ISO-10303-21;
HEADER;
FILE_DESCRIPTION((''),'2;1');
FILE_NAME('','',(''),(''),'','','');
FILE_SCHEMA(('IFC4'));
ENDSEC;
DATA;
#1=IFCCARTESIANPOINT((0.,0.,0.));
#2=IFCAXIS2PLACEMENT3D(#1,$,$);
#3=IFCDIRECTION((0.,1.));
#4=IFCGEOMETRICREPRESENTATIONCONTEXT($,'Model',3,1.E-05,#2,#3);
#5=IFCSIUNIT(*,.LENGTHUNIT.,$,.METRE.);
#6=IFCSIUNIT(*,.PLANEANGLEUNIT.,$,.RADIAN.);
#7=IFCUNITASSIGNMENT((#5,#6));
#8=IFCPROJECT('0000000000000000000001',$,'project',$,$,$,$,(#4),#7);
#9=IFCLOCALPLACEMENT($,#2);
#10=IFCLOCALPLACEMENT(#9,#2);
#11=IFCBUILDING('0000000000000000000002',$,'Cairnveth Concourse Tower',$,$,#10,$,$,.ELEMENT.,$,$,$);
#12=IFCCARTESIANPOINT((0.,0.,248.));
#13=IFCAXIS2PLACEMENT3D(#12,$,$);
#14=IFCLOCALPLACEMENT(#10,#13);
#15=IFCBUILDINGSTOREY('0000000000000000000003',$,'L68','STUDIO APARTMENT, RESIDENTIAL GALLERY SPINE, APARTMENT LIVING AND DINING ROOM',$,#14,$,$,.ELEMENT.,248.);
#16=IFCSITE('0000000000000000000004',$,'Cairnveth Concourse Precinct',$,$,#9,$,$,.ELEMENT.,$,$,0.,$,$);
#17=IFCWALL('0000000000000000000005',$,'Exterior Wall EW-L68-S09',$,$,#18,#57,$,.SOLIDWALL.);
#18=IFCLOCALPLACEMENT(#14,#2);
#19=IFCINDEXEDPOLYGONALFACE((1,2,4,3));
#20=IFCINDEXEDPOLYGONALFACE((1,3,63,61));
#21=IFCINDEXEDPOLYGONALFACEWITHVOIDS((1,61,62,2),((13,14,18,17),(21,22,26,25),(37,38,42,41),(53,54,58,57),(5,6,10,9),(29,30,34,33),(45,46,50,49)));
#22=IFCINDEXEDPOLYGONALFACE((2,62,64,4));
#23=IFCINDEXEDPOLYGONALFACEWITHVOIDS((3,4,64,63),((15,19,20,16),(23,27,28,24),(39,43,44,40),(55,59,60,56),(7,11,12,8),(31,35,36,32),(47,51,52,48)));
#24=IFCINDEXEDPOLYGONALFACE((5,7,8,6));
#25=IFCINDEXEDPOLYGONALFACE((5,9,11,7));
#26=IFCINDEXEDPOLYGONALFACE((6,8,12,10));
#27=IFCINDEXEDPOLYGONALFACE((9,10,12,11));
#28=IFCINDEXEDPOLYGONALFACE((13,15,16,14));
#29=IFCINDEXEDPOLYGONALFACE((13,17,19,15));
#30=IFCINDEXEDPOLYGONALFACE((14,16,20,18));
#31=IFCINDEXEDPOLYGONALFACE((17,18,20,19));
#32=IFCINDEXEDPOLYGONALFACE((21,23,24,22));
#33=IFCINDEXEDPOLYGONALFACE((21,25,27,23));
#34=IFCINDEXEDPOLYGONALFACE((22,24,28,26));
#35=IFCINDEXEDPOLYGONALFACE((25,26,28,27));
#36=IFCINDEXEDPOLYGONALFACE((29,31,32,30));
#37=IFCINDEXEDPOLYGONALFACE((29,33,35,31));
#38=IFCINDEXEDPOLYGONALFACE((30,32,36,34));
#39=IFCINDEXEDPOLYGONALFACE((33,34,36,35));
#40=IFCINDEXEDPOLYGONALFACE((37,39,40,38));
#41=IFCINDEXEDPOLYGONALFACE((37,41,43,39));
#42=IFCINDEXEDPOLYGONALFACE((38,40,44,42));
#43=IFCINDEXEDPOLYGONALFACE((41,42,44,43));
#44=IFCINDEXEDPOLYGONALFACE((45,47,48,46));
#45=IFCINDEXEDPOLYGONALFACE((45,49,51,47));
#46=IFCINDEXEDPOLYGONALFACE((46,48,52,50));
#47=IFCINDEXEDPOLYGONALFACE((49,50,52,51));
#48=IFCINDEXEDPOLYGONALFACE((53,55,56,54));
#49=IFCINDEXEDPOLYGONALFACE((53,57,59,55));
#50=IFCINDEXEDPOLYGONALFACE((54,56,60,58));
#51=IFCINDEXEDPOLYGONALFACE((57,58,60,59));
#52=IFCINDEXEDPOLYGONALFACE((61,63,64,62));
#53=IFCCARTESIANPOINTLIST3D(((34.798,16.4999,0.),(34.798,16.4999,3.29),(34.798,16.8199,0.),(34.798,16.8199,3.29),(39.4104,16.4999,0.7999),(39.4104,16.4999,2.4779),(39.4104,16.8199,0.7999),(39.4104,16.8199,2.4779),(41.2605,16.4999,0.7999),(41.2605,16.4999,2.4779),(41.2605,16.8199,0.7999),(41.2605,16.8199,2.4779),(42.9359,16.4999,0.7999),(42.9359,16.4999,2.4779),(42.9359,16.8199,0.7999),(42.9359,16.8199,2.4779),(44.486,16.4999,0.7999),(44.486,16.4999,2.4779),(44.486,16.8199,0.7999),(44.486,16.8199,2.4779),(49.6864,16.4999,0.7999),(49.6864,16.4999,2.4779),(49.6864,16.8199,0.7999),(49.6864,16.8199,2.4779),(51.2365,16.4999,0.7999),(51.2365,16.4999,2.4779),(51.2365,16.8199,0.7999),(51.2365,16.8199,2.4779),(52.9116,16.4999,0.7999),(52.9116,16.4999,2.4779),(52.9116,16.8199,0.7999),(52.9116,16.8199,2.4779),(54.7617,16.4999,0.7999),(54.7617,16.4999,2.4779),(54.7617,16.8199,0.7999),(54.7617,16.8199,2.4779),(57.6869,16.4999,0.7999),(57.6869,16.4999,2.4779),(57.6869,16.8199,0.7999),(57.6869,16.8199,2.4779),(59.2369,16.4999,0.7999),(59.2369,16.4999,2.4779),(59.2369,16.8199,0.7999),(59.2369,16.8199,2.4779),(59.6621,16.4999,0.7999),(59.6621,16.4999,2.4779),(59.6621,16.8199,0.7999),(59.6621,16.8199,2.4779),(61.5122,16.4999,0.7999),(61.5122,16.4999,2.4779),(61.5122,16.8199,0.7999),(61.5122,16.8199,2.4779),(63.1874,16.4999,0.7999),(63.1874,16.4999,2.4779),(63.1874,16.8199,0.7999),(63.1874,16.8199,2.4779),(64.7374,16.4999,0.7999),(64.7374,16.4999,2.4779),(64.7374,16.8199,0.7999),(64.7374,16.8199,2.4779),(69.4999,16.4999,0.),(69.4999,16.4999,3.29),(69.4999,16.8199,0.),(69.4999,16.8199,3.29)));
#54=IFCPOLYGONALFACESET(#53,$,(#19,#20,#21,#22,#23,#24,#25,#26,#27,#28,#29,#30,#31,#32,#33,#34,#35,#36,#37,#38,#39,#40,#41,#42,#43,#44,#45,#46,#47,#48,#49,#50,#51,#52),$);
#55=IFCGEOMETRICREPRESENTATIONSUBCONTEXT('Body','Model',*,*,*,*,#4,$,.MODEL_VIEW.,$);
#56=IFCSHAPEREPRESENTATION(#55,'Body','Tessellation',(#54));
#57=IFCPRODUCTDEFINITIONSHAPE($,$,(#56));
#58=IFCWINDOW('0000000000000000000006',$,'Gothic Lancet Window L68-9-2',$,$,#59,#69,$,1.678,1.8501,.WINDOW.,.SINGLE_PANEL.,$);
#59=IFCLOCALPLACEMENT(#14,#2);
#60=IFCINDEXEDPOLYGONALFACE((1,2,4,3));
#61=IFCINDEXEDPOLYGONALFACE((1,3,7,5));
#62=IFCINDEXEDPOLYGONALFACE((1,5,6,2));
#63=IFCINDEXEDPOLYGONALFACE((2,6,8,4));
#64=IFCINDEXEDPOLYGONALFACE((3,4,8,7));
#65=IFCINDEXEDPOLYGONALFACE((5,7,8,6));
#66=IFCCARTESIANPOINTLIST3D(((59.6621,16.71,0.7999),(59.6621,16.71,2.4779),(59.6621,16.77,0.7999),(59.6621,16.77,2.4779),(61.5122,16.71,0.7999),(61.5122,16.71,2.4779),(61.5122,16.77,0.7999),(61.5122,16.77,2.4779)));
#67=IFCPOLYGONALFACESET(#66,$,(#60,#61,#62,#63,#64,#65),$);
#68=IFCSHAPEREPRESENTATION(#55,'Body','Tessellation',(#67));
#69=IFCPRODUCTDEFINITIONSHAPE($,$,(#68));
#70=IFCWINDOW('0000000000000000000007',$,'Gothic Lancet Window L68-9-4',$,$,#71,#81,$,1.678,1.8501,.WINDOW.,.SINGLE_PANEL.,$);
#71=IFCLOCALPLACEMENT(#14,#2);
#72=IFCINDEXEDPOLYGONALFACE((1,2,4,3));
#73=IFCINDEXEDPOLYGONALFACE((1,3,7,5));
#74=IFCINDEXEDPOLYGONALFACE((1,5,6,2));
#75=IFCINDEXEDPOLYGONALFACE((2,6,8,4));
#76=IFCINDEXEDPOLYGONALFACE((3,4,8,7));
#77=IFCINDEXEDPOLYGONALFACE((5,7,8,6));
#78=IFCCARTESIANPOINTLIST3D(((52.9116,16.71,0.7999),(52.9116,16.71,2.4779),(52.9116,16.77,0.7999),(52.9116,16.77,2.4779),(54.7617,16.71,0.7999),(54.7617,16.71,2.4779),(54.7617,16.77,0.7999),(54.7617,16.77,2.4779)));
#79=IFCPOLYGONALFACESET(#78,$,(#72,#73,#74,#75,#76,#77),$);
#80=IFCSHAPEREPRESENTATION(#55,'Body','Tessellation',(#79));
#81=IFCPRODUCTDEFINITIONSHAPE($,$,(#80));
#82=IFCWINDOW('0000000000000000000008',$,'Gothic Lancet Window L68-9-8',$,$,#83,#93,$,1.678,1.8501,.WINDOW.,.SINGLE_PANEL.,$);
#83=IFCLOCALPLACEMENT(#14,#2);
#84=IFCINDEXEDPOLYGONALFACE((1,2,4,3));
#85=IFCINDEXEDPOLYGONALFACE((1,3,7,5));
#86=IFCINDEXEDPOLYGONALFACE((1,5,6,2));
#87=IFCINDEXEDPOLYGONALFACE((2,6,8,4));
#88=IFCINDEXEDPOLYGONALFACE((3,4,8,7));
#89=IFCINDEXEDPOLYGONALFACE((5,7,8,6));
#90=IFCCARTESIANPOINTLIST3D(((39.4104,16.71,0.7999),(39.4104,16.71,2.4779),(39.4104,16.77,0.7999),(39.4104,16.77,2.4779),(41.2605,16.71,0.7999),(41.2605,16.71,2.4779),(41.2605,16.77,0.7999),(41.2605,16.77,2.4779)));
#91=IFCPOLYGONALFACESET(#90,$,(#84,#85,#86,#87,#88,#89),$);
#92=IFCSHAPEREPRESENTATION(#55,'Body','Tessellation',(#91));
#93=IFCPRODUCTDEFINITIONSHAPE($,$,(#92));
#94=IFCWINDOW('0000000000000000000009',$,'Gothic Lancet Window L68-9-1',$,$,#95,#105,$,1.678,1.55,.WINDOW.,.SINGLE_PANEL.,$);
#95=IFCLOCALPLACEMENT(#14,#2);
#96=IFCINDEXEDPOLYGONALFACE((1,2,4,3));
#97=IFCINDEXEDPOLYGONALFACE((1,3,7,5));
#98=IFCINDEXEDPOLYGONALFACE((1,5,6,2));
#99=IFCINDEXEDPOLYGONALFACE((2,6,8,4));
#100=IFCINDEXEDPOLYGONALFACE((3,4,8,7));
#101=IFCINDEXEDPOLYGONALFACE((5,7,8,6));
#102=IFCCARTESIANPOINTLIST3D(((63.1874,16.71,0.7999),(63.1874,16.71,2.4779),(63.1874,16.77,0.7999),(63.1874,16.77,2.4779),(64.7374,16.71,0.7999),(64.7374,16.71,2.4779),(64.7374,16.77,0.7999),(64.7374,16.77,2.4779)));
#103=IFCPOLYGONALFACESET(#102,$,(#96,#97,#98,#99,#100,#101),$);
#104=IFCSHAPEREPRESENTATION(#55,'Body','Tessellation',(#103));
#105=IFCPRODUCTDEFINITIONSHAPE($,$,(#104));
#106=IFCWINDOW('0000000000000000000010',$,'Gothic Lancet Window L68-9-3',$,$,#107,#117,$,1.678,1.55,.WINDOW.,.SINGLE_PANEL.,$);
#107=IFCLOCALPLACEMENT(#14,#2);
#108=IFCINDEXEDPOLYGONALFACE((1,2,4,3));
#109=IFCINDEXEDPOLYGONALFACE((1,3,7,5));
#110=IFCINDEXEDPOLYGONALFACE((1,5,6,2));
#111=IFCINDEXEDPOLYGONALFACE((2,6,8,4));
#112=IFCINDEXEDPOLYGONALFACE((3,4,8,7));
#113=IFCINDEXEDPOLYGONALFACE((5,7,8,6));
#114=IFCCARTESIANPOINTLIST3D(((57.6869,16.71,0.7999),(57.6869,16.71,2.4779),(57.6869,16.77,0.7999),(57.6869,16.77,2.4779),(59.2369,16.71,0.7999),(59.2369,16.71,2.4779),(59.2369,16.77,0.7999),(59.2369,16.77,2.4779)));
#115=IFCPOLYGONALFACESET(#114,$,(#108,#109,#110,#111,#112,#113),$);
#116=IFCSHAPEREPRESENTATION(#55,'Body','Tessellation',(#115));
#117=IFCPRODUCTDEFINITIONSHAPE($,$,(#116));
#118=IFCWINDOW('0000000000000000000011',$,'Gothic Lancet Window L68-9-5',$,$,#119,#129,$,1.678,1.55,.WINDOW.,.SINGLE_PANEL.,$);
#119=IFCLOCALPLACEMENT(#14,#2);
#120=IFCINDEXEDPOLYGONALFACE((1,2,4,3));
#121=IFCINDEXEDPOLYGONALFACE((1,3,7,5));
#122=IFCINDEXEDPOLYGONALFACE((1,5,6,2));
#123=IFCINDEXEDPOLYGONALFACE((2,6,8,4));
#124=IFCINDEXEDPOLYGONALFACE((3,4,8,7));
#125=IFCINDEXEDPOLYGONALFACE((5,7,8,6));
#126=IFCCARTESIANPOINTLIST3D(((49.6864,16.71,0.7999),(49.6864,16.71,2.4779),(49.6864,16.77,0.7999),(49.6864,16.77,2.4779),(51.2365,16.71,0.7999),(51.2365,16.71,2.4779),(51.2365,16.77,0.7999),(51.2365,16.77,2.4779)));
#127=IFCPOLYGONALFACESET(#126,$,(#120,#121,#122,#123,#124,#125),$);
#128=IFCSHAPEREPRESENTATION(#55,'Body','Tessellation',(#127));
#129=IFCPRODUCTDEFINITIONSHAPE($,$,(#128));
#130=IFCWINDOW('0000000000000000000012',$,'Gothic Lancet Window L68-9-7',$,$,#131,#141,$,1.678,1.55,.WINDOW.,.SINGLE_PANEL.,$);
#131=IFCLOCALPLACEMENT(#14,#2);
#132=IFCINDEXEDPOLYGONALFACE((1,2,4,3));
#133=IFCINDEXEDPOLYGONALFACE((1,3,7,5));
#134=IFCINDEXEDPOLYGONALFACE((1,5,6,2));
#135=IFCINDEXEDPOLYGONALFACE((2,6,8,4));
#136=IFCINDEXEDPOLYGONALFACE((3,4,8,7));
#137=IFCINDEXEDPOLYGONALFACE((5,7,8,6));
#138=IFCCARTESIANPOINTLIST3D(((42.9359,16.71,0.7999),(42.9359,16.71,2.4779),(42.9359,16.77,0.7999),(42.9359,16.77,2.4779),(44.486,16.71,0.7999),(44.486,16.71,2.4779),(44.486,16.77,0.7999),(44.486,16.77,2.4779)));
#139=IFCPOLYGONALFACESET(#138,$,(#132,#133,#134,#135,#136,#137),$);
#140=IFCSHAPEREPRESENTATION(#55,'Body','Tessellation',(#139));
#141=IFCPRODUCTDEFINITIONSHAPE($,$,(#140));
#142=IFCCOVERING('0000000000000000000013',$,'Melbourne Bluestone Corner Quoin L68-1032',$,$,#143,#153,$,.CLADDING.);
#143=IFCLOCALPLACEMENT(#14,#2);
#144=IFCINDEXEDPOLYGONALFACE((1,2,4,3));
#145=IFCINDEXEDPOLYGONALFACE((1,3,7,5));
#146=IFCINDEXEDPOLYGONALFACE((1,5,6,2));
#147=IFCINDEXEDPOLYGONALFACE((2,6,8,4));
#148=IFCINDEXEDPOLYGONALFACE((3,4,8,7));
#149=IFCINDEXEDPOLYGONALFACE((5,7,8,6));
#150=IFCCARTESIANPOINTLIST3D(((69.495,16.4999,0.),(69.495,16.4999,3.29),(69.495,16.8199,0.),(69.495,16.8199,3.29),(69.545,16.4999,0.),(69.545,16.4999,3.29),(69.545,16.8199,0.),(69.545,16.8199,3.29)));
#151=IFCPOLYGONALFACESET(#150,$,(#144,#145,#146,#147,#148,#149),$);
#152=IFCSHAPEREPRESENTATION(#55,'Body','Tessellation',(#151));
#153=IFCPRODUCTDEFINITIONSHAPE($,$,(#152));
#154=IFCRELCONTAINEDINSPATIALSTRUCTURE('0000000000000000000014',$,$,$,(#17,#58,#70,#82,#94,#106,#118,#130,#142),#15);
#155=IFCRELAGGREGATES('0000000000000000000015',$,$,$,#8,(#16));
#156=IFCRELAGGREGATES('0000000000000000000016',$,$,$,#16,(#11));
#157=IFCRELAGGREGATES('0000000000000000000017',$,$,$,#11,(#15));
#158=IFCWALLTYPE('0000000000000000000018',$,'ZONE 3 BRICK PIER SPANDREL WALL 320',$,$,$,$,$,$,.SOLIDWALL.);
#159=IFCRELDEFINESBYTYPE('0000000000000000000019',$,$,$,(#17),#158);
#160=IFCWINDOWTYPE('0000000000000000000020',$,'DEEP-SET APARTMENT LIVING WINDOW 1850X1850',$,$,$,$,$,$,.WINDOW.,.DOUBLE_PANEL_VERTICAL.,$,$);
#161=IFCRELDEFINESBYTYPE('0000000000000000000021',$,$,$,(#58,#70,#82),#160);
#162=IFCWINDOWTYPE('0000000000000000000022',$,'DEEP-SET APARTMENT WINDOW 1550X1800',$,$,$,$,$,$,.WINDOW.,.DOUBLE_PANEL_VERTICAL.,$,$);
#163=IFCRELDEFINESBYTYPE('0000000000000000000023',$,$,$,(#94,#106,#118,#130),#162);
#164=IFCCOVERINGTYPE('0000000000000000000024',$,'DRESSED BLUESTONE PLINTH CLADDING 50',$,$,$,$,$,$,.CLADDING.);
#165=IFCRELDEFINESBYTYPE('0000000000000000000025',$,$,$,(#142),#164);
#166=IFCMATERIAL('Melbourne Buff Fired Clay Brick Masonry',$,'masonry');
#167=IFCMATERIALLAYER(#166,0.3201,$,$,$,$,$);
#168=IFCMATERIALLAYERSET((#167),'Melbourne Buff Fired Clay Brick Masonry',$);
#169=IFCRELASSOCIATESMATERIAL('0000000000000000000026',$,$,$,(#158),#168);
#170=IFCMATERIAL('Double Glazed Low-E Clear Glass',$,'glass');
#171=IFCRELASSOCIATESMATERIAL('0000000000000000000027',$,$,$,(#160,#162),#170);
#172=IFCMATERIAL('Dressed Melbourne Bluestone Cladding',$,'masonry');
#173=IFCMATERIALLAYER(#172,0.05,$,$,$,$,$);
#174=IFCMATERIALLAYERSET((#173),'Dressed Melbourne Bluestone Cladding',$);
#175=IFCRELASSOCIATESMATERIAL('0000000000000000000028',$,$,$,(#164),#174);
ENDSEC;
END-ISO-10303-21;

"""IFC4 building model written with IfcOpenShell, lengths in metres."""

from ifc_helpers import new_model, si_unit, direction, frame, frame_2d, origin, place, context, subcontext, project, spatial, rectangle, extrude, material, layer, layer_set, type_object, element, fill, save


model = new_model("IFC4")

# Units and contexts
model_context = context("Model", 3, precision=1e-05, world=origin(), true_north=direction((0.0, 1.0)))
body_context = subcontext(model_context, "Body", "Model", "MODEL_VIEW")
ifc_project = project(units=[si_unit("LENGTHUNIT", "METRE"), si_unit("PLANEANGLEUNIT", "RADIAN")], contexts=[model_context])

# Site, building, storey
site_placement = place(None, origin())
site = spatial("IfcSite", under=ifc_project, at=site_placement, Name="Cairnveth Concourse Precinct", CompositionType="ELEMENT", RefElevation=0.0)
building_placement = place(site_placement, origin())
building = spatial("IfcBuilding", under=site, at=building_placement, Name="Cairnveth Concourse Tower", CompositionType="ELEMENT")
storey_placement = place(building_placement, frame((0.0, 0.0, 248.0)))
storey = spatial("IfcBuildingStorey", under=building, at=storey_placement, Name="L68", Description="STUDIO APARTMENT, RESIDENTIAL GALLERY SPINE, APARTMENT LIVING AND DINING ROOM", CompositionType="ELEMENT", Elevation=248.0)

# Shared definitions
ifc_material_1 = material(Name="Melbourne Buff Fired Clay Brick Masonry", Category="masonry")
ifc_layer_1 = layer(ifc_material_1, 0.3201)
ifc_layer_set_1 = layer_set([ifc_layer_1], Name="Melbourne Buff Fired Clay Brick Masonry")
wall_type_1 = type_object("IfcWallType", Name="ZONE 3 BRICK PIER SPANDREL WALL 320", PredefinedType="SOLIDWALL", material=ifc_layer_set_1)

# Wall, openings, windows
wall_1_placement = place(storey_placement, frame((69.5, 16.6599, 0.0), z_axis=(0.0, 0.0, 1.0), x_axis=(-1.0, 0.0, 0.0)))
wall_1 = element("IfcWall", 1, at=wall_1_placement, inside=storey, type_object=wall_type_1, Name="Exterior Wall EW-L68-S09", PredefinedType="SOLIDWALL", context=body_context, shape_type="SweptSolid", body=[
    extrude(rectangle(XDim=34.7019, YDim=0.3201, at=frame_2d((17.3511, 0.0))), origin(), (0.0, 0.0, 1.0), 3.29),
])
opening_1_placement = place(wall_1_placement, frame((4.7627, 0.0, 0.8)))
opening_1 = element("IfcOpeningElement", 2, at=opening_1_placement, cuts=wall_1, PredefinedType="OPENING", context=body_context, shape_type="SweptSolid", body=[
    extrude(rectangle(XDim=1.55, YDim=1.678, at=frame_2d((0.7749, 0.8389))), frame((0.0, 0.1699, 0.0), z_axis=(0.0, -1.0, 0.0), x_axis=(1.0, 0.0, 0.0)), (0.0, 0.0, 1.0), 0.3401),
])
opening_2_placement = place(wall_1_placement, frame((7.9878, 0.0, 0.8)))
opening_2 = element("IfcOpeningElement", 3, at=opening_2_placement, cuts=wall_1, PredefinedType="OPENING", context=body_context, shape_type="SweptSolid", body=[
    extrude(rectangle(XDim=1.8501, YDim=1.678, at=frame_2d((0.925, 0.8389))), frame((0.0, 0.1699, 0.0), z_axis=(0.0, -1.0, 0.0), x_axis=(1.0, 0.0, 0.0)), (0.0, 0.0, 1.0), 0.3401),
])
opening_3_placement = place(wall_1_placement, frame((10.2632, 0.0, 0.8)))
opening_3 = element("IfcOpeningElement", 4, at=opening_3_placement, cuts=wall_1, PredefinedType="OPENING", context=body_context, shape_type="SweptSolid", body=[
    extrude(rectangle(XDim=1.55, YDim=1.678, at=frame_2d((0.7749, 0.8389))), frame((0.0, 0.1699, 0.0), z_axis=(0.0, -1.0, 0.0), x_axis=(1.0, 0.0, 0.0)), (0.0, 0.0, 1.0), 0.3401),
])
opening_4_placement = place(wall_1_placement, frame((14.7383, 0.0, 0.8)))
opening_4 = element("IfcOpeningElement", 5, at=opening_4_placement, cuts=wall_1, PredefinedType="OPENING", context=body_context, shape_type="SweptSolid", body=[
    extrude(rectangle(XDim=1.8501, YDim=1.678, at=frame_2d((0.925, 0.8389))), frame((0.0, 0.1699, 0.0), z_axis=(0.0, -1.0, 0.0), x_axis=(1.0, 0.0, 0.0)), (0.0, 0.0, 1.0), 0.3401),
])
opening_5_placement = place(wall_1_placement, frame((18.2637, 0.0, 0.8)))
opening_5 = element("IfcOpeningElement", 6, at=opening_5_placement, cuts=wall_1, PredefinedType="OPENING", context=body_context, shape_type="SweptSolid", body=[
    extrude(rectangle(XDim=1.55, YDim=1.678, at=frame_2d((0.7749, 0.8389))), frame((0.0, 0.1699, 0.0), z_axis=(0.0, -1.0, 0.0), x_axis=(1.0, 0.0, 0.0)), (0.0, 0.0, 1.0), 0.3401),
])
opening_6_placement = place(wall_1_placement, frame((25.0142, 0.0, 0.8)))
opening_6 = element("IfcOpeningElement", 7, at=opening_6_placement, cuts=wall_1, PredefinedType="OPENING", context=body_context, shape_type="SweptSolid", body=[
    extrude(rectangle(XDim=1.55, YDim=1.678, at=frame_2d((0.7749, 0.8389))), frame((0.0, 0.1699, 0.0), z_axis=(0.0, -1.0, 0.0), x_axis=(1.0, 0.0, 0.0)), (0.0, 0.0, 1.0), 0.3401),
])
opening_7_placement = place(wall_1_placement, frame((28.2395, 0.0, 0.8)))
opening_7 = element("IfcOpeningElement", 8, at=opening_7_placement, cuts=wall_1, PredefinedType="OPENING", context=body_context, shape_type="SweptSolid", body=[
    extrude(rectangle(XDim=1.8501, YDim=1.678, at=frame_2d((0.925, 0.8389))), frame((0.0, 0.1699, 0.0), z_axis=(0.0, -1.0, 0.0), x_axis=(1.0, 0.0, 0.0)), (0.0, 0.0, 1.0), 0.3401),
])
ifc_material_2 = material(Name="Double Glazed Low-E Clear Glass", Category="glass")
window_type_1 = type_object("IfcWindowType", Name="DEEP-SET APARTMENT LIVING WINDOW 1850X1850", PartitioningType="DOUBLE_PANEL_VERTICAL", PredefinedType="WINDOW", material=ifc_material_2)
window_1_placement = place(opening_2_placement, origin())
window_1 = element("IfcWindow", 9, at=window_1_placement, inside=storey, type_object=window_type_1, Name="Gothic Lancet Window L68-9-2", OverallHeight=1.678, OverallWidth=1.8501, PartitioningType="SINGLE_PANEL", PredefinedType="WINDOW", context=body_context, shape_type="SweptSolid", body=[
    extrude(rectangle(XDim=1.8501, YDim=1.678, at=frame_2d((0.925, 0.8389))), frame((0.0, -0.05, 0.0), z_axis=(0.0, -1.0, 0.0), x_axis=(1.0, 0.0, 0.0)), (0.0, 0.0, 1.0), 0.0601),
])
fill(opening_2, window_1)
window_2_placement = place(opening_4_placement, origin())
window_2 = element("IfcWindow", 10, at=window_2_placement, inside=storey, type_object=window_type_1, Name="Gothic Lancet Window L68-9-4", OverallHeight=1.678, OverallWidth=1.8501, PartitioningType="SINGLE_PANEL", PredefinedType="WINDOW", context=body_context, shape_type="SweptSolid", body=[
    extrude(rectangle(XDim=1.8501, YDim=1.678, at=frame_2d((0.925, 0.8389))), frame((0.0, -0.05, 0.0), z_axis=(0.0, -1.0, 0.0), x_axis=(1.0, 0.0, 0.0)), (0.0, 0.0, 1.0), 0.0601),
])
fill(opening_4, window_2)
window_3_placement = place(opening_7_placement, origin())
window_3 = element("IfcWindow", 11, at=window_3_placement, inside=storey, type_object=window_type_1, Name="Gothic Lancet Window L68-9-8", OverallHeight=1.678, OverallWidth=1.8501, PartitioningType="SINGLE_PANEL", PredefinedType="WINDOW", context=body_context, shape_type="SweptSolid", body=[
    extrude(rectangle(XDim=1.8501, YDim=1.678, at=frame_2d((0.925, 0.8389))), frame((0.0, -0.05, 0.0), z_axis=(0.0, -1.0, 0.0), x_axis=(1.0, 0.0, 0.0)), (0.0, 0.0, 1.0), 0.0601),
])
fill(opening_7, window_3)
window_type_2 = type_object("IfcWindowType", Name="DEEP-SET APARTMENT WINDOW 1550X1800", PartitioningType="DOUBLE_PANEL_VERTICAL", PredefinedType="WINDOW", material=ifc_material_2)
window_4_placement = place(opening_1_placement, origin())
window_4 = element("IfcWindow", 12, at=window_4_placement, inside=storey, type_object=window_type_2, Name="Gothic Lancet Window L68-9-1", OverallHeight=1.678, OverallWidth=1.55, PartitioningType="SINGLE_PANEL", PredefinedType="WINDOW", context=body_context, shape_type="SweptSolid", body=[
    extrude(rectangle(XDim=1.55, YDim=1.678, at=frame_2d((0.7749, 0.8389))), frame((0.0, -0.05, 0.0), z_axis=(0.0, -1.0, 0.0), x_axis=(1.0, 0.0, 0.0)), (0.0, 0.0, 1.0), 0.0601),
])
fill(opening_1, window_4)
window_5_placement = place(opening_3_placement, origin())
window_5 = element("IfcWindow", 13, at=window_5_placement, inside=storey, type_object=window_type_2, Name="Gothic Lancet Window L68-9-3", OverallHeight=1.678, OverallWidth=1.55, PartitioningType="SINGLE_PANEL", PredefinedType="WINDOW", context=body_context, shape_type="SweptSolid", body=[
    extrude(rectangle(XDim=1.55, YDim=1.678, at=frame_2d((0.7749, 0.8389))), frame((0.0, -0.05, 0.0), z_axis=(0.0, -1.0, 0.0), x_axis=(1.0, 0.0, 0.0)), (0.0, 0.0, 1.0), 0.0601),
])
fill(opening_3, window_5)
window_6_placement = place(opening_5_placement, origin())
window_6 = element("IfcWindow", 14, at=window_6_placement, inside=storey, type_object=window_type_2, Name="Gothic Lancet Window L68-9-5", OverallHeight=1.678, OverallWidth=1.55, PartitioningType="SINGLE_PANEL", PredefinedType="WINDOW", context=body_context, shape_type="SweptSolid", body=[
    extrude(rectangle(XDim=1.55, YDim=1.678, at=frame_2d((0.7749, 0.8389))), frame((0.0, -0.05, 0.0), z_axis=(0.0, -1.0, 0.0), x_axis=(1.0, 0.0, 0.0)), (0.0, 0.0, 1.0), 0.0601),
])
fill(opening_5, window_6)
window_7_placement = place(opening_6_placement, origin())
window_7 = element("IfcWindow", 15, at=window_7_placement, inside=storey, type_object=window_type_2, Name="Gothic Lancet Window L68-9-7", OverallHeight=1.678, OverallWidth=1.55, PartitioningType="SINGLE_PANEL", PredefinedType="WINDOW", context=body_context, shape_type="SweptSolid", body=[
    extrude(rectangle(XDim=1.55, YDim=1.678, at=frame_2d((0.7749, 0.8389))), frame((0.0, -0.05, 0.0), z_axis=(0.0, -1.0, 0.0), x_axis=(1.0, 0.0, 0.0)), (0.0, 0.0, 1.0), 0.0601),
])
fill(opening_6, window_7)

# Covering
ifc_material_3 = material(Name="Dressed Melbourne Bluestone Cladding", Category="masonry")
ifc_layer_2 = layer(ifc_material_3, 0.05)
ifc_layer_set_2 = layer_set([ifc_layer_2], Name="Dressed Melbourne Bluestone Cladding")
covering_type = type_object("IfcCoveringType", Name="DRESSED BLUESTONE PLINTH CLADDING 50", PredefinedType="CLADDING", material=ifc_layer_set_2)
covering_placement = place(storey_placement, frame((69.52, 16.8201, 0.0), z_axis=(0.0, 0.0, 1.0), x_axis=(0.0, -1.0, 0.0)))
element("IfcCovering", 16, at=covering_placement, inside=storey, type_object=covering_type, Name="Melbourne Bluestone Corner Quoin L68-1032", PredefinedType="CLADDING", context=body_context, shape_type="SweptSolid", body=[
    extrude(rectangle(XDim=0.3201, YDim=0.05, at=frame_2d((0.1602, 0.0))), origin(), (0.0, 0.0, 1.0), 3.29),
])

save(model, "model.ifc")
